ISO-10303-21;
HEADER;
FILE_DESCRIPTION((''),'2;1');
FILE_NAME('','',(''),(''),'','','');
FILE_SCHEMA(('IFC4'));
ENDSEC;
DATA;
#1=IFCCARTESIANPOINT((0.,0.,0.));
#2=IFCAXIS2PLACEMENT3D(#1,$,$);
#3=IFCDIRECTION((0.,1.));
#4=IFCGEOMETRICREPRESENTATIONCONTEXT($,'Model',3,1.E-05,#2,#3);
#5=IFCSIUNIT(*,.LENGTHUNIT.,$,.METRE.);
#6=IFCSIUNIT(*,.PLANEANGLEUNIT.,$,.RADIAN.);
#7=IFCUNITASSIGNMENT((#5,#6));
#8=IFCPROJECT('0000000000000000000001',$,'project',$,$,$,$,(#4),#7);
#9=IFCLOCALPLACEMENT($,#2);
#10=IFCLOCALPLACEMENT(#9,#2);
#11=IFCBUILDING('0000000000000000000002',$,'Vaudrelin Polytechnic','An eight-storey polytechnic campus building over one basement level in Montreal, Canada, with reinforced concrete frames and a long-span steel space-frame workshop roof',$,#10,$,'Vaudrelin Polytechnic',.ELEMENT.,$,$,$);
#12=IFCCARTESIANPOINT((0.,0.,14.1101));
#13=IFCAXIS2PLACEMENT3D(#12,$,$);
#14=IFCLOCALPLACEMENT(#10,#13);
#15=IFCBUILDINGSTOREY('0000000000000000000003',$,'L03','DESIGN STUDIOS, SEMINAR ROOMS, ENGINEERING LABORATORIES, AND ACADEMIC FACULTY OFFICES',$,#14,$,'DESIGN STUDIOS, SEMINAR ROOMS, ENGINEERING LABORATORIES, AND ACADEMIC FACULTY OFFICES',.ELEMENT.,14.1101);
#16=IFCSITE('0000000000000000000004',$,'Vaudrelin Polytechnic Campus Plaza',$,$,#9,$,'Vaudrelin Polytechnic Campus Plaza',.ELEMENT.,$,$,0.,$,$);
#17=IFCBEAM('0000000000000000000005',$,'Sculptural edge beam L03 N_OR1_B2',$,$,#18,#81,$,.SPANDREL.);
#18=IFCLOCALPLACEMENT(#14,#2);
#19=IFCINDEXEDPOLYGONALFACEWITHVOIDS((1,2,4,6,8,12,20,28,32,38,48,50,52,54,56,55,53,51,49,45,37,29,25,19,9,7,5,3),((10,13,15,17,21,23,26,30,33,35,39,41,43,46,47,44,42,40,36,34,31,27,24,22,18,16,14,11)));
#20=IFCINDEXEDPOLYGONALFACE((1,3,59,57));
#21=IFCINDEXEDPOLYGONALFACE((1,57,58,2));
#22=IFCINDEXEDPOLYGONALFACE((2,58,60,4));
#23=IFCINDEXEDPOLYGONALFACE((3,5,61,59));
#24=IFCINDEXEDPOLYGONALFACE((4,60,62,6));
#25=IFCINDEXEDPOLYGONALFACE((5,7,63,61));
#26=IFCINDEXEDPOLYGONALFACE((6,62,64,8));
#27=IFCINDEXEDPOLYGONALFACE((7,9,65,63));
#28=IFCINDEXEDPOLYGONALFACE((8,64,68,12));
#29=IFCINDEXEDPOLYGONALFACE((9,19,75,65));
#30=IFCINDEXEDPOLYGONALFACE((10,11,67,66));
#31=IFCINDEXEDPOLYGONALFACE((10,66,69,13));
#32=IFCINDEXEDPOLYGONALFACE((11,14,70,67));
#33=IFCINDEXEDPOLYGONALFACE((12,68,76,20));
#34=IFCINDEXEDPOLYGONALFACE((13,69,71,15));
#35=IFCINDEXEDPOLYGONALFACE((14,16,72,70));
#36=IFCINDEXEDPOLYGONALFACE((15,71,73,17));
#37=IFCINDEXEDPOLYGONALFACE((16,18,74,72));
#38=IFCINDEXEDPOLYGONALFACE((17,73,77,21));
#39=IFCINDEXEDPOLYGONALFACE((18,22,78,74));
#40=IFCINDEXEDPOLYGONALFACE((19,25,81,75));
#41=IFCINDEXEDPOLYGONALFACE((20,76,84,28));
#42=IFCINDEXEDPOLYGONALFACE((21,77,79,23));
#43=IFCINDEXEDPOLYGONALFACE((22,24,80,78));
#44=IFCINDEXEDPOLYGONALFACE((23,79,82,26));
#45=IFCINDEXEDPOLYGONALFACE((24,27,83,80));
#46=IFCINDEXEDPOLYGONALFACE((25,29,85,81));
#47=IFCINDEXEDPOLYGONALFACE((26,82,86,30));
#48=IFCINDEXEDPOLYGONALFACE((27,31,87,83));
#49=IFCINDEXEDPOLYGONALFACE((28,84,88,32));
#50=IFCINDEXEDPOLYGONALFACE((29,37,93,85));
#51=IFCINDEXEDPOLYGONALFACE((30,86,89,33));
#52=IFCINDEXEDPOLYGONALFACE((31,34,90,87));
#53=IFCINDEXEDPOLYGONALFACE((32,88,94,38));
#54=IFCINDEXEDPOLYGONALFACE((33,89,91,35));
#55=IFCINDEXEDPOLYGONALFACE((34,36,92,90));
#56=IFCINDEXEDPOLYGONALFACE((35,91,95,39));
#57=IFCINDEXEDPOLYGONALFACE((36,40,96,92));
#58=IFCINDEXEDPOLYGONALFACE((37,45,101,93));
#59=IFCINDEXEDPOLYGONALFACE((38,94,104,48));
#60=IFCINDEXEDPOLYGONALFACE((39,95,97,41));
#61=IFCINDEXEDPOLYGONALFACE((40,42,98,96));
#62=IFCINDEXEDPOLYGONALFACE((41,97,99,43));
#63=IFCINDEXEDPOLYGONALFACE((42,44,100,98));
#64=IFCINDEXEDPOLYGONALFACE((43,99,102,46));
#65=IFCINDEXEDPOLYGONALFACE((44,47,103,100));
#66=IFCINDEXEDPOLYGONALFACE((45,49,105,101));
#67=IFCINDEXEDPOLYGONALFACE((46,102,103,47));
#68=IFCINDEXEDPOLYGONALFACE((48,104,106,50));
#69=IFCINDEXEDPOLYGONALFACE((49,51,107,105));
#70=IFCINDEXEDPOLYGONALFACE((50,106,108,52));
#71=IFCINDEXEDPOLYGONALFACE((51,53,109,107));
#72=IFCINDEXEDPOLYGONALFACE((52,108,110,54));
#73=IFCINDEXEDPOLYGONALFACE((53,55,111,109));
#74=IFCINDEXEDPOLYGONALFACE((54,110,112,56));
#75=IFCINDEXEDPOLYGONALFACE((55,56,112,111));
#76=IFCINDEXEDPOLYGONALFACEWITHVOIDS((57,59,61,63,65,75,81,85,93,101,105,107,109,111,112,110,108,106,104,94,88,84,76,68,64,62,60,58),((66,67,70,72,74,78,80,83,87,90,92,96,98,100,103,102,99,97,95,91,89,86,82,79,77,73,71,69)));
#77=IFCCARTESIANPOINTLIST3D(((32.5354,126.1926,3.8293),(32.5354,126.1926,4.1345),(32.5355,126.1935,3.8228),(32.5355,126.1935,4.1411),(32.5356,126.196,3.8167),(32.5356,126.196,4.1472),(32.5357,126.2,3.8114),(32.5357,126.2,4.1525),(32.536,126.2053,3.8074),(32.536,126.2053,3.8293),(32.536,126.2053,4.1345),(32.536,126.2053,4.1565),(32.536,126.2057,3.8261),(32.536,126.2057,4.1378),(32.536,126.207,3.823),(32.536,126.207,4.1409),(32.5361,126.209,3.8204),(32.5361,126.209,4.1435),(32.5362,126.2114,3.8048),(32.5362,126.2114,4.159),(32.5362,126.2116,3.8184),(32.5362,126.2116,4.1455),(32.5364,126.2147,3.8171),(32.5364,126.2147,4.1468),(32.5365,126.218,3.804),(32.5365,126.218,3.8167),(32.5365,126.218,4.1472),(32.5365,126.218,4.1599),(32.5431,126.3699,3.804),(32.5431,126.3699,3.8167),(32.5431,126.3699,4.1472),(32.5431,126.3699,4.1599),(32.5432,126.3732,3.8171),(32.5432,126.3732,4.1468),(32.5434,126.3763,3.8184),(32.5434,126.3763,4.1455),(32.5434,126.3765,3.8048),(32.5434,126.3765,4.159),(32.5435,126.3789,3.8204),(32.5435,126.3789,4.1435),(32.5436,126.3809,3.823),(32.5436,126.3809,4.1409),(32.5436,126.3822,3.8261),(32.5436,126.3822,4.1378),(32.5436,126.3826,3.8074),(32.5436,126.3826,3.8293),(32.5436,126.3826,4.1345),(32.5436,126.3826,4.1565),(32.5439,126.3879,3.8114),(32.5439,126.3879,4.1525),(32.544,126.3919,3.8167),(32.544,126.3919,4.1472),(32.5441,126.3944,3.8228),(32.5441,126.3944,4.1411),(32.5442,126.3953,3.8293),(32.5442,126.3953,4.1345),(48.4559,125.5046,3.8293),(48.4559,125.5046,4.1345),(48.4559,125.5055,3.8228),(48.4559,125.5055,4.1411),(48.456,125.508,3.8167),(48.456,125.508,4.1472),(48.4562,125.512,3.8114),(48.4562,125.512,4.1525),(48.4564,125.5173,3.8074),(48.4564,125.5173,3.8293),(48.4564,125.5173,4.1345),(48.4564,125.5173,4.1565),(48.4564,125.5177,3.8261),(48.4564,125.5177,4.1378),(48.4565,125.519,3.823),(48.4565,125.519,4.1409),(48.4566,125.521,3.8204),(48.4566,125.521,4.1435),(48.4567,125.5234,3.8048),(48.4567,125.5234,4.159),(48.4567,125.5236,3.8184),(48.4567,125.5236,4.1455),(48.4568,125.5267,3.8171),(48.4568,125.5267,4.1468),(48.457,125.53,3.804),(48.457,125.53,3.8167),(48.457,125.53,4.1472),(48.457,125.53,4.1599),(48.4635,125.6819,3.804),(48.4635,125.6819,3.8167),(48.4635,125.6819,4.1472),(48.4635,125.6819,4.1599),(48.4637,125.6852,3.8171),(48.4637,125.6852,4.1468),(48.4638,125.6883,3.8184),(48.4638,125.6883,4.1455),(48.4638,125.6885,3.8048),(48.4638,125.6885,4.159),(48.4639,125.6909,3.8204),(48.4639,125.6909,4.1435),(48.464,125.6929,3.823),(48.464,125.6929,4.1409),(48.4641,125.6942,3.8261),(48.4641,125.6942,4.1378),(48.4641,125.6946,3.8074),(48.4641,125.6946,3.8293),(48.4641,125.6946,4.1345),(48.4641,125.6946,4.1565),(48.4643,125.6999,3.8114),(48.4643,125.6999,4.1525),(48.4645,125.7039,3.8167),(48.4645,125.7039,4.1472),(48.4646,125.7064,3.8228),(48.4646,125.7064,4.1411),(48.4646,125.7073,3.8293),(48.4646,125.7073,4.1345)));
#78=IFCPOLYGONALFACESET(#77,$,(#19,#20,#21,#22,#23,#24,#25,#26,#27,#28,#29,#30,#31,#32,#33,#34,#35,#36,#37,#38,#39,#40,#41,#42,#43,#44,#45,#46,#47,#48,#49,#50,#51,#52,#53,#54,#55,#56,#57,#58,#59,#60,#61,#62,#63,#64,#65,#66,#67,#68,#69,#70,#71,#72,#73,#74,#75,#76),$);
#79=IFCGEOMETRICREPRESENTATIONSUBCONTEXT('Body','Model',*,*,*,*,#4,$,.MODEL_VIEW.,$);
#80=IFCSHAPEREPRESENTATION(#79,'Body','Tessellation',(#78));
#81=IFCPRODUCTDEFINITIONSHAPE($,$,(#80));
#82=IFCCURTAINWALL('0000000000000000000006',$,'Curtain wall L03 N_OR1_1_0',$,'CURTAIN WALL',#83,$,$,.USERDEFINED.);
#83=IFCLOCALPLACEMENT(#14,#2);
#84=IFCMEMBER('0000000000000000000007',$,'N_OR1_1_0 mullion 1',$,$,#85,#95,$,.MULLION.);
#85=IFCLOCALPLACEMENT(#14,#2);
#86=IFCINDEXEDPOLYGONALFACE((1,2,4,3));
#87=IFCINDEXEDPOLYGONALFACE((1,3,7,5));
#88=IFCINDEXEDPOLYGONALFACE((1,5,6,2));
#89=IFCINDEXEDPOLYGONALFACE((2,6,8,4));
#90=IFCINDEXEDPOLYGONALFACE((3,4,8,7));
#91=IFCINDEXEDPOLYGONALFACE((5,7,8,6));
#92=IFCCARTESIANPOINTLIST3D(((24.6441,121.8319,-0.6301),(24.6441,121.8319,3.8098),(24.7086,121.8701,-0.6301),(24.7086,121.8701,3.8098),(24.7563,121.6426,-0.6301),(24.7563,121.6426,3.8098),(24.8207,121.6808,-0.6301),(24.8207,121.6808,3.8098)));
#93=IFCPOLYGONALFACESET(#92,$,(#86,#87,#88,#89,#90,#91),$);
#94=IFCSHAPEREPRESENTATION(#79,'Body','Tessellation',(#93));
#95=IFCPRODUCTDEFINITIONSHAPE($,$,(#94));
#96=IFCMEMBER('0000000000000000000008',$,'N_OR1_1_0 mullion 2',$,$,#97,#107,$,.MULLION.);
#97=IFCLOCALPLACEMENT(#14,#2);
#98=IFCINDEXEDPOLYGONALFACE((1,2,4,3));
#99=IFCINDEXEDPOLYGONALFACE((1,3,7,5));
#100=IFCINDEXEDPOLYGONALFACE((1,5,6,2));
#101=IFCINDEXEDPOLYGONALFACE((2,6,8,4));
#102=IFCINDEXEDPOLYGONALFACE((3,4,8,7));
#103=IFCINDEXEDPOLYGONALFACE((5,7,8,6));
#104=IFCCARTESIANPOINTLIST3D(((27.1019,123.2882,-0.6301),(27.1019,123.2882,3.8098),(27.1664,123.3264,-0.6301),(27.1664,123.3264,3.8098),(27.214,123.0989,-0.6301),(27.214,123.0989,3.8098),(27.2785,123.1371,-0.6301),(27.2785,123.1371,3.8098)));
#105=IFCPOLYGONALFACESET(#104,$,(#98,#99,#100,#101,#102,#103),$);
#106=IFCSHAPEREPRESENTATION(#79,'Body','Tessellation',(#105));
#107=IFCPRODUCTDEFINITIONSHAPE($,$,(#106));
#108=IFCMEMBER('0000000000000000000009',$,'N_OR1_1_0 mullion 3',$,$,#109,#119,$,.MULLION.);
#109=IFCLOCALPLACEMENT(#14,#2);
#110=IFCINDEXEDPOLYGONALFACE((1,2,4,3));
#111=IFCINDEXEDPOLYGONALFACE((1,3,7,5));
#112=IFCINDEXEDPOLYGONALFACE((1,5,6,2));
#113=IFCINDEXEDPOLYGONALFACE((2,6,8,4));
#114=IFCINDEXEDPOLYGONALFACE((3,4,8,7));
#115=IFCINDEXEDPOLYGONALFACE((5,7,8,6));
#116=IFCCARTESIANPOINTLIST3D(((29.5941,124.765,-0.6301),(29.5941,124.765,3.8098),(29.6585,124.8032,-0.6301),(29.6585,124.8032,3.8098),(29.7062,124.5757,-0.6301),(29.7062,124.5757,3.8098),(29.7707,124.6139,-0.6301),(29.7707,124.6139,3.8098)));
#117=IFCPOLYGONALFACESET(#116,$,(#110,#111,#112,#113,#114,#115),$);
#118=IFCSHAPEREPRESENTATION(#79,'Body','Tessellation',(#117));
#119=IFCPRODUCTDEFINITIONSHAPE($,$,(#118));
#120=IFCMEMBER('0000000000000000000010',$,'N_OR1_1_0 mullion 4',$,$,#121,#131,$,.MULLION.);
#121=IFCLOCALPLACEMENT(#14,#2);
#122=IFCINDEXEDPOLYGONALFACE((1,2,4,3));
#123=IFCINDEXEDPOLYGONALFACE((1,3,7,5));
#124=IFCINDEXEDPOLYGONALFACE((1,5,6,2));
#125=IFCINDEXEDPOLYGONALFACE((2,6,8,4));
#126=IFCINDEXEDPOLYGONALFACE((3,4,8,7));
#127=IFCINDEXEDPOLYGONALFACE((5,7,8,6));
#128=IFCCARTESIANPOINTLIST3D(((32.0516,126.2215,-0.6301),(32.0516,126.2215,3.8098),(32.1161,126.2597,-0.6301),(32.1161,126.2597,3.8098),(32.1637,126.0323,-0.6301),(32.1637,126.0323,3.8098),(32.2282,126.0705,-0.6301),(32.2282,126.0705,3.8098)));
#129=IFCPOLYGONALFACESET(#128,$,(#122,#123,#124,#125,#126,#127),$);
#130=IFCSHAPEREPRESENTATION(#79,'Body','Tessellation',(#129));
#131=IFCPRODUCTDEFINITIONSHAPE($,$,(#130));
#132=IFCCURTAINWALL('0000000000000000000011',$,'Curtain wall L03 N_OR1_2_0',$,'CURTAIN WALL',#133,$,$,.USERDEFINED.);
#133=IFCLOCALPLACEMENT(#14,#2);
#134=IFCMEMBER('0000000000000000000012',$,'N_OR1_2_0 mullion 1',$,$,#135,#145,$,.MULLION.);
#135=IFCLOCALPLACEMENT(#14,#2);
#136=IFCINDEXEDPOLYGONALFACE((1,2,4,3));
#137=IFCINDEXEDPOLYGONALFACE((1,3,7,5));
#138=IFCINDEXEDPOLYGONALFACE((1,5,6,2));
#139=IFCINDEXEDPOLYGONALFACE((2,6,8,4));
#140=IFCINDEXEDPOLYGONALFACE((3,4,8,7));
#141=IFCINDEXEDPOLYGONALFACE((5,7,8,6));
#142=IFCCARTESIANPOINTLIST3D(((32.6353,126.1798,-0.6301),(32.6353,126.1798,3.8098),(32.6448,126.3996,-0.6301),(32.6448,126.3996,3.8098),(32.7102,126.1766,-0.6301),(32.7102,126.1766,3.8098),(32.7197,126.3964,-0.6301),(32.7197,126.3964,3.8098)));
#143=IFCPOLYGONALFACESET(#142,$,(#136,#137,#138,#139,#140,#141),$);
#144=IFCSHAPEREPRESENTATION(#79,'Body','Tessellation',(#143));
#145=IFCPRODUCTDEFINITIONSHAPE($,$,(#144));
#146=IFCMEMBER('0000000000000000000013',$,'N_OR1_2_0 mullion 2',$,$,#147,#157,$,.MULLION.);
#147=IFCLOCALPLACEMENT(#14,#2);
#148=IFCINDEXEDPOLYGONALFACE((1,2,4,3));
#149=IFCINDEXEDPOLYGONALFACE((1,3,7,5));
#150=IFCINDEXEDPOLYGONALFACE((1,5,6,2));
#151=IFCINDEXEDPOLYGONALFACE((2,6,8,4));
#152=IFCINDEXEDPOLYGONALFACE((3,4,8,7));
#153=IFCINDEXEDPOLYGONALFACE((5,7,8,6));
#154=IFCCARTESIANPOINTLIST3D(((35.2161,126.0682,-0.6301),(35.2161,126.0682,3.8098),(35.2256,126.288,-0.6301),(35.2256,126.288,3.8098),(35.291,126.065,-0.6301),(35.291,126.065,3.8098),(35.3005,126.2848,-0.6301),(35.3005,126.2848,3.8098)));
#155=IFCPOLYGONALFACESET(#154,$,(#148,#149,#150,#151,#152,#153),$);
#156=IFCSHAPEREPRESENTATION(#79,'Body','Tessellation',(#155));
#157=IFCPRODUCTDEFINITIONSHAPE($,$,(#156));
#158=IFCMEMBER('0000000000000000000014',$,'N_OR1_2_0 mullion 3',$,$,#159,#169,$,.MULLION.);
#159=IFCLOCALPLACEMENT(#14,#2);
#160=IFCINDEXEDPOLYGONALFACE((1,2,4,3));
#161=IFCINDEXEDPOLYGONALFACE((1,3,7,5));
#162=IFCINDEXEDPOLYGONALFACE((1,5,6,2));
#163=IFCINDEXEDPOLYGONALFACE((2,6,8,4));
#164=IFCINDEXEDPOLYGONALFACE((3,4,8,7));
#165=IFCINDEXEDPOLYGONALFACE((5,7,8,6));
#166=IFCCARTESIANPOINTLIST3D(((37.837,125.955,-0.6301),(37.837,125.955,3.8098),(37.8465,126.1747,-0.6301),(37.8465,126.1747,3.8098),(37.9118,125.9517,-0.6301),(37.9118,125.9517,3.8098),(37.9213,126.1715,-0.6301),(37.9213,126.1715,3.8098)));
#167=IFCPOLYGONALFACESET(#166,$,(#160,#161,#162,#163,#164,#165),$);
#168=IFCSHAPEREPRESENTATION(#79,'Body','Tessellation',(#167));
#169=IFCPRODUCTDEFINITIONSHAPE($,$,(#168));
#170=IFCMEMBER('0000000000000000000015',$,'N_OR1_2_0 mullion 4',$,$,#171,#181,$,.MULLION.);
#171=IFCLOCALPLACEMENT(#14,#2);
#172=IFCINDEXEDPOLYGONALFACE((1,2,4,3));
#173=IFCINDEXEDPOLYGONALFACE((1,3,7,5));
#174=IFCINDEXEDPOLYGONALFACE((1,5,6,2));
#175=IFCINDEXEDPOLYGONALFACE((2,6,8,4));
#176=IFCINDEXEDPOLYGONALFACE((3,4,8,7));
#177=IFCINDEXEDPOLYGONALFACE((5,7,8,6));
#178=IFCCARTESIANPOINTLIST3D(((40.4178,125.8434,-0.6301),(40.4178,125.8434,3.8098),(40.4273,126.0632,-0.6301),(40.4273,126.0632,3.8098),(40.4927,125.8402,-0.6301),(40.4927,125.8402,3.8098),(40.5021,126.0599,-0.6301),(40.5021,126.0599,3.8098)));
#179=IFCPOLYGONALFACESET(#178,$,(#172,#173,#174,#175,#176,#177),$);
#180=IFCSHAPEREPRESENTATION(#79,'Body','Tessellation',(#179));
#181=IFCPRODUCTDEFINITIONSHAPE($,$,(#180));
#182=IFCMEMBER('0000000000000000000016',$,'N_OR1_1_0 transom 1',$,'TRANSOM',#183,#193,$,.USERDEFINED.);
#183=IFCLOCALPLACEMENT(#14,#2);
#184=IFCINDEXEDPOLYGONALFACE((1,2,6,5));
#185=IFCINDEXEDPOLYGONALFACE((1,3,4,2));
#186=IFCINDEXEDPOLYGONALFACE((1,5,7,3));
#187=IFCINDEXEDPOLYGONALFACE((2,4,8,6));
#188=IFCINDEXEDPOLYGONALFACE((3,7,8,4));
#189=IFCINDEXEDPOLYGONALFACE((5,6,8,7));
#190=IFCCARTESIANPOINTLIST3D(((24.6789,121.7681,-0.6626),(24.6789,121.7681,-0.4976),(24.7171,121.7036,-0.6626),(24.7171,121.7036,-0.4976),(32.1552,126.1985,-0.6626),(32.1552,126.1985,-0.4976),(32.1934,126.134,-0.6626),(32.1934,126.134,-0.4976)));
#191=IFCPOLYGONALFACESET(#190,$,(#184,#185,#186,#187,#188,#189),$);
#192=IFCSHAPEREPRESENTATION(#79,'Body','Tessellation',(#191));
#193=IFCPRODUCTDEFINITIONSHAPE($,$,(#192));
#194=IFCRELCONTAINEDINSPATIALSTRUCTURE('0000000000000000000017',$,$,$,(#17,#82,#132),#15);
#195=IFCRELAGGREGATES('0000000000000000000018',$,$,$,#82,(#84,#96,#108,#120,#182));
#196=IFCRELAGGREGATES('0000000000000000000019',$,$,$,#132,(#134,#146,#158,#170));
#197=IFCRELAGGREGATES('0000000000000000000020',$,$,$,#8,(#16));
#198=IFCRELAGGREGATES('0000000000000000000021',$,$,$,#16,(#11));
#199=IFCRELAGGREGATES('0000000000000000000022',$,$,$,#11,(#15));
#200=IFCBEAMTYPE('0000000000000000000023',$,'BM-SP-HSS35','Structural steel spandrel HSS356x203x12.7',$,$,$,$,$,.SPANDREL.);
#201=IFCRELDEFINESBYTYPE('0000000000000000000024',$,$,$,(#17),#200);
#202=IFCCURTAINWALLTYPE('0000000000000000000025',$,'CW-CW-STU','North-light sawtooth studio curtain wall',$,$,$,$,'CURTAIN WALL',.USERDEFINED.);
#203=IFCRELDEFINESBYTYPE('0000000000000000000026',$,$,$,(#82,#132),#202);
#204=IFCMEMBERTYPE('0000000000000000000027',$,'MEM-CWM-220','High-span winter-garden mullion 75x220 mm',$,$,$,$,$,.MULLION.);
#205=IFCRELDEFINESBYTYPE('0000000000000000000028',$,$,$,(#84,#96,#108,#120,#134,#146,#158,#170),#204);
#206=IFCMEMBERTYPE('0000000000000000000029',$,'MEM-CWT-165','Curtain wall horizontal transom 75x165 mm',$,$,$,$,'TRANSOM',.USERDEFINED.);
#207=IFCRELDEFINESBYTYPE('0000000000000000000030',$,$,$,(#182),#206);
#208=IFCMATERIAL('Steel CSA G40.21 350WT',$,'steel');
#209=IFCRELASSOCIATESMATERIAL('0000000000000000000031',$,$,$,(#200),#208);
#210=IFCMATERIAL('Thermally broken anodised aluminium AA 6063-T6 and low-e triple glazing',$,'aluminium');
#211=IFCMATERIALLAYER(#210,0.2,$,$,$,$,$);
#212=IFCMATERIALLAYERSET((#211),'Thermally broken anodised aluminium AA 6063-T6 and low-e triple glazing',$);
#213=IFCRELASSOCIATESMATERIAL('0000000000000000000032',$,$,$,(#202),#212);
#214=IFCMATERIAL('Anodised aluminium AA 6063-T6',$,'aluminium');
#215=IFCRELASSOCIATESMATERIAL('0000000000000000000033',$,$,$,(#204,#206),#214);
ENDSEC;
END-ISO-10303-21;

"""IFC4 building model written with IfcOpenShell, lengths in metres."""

from ifc_helpers import new_model, si_unit, direction, frame, origin, origin_2d, place, context, subcontext, project, spatial, rectangle, hollow_rectangle, extrude, material, layer, layer_set, material_profile, profile_set, type_object, element, aggregate, save


model = new_model("IFC4")

# Units and contexts
model_context = context("Model", 3, precision=1e-05, world=origin(), true_north=direction((0.0, 1.0)))
body_context = subcontext(model_context, "Body", "Model", "MODEL_VIEW")
ifc_project = project(units=[si_unit("LENGTHUNIT", "METRE"), si_unit("PLANEANGLEUNIT", "RADIAN")], contexts=[model_context])

# Site, building, storey
site_placement = place(None, origin())
site = spatial("IfcSite", under=ifc_project, at=site_placement, Name="Vaudrelin Polytechnic Campus Plaza", LongName="Vaudrelin Polytechnic Campus Plaza", CompositionType="ELEMENT", RefElevation=0.0)
building_placement = place(site_placement, origin())
building = spatial("IfcBuilding", under=site, at=building_placement, Name="Vaudrelin Polytechnic", Description="An eight-storey polytechnic campus building over one basement level in Montreal, Canada, with reinforced concrete frames and a long-span steel space-frame workshop roof", LongName="Vaudrelin Polytechnic", CompositionType="ELEMENT")
storey_placement = place(building_placement, frame((0.0, 0.0, 14.1101)))
storey = spatial("IfcBuildingStorey", under=building, at=storey_placement, Name="L03", Description="DESIGN STUDIOS, SEMINAR ROOMS, ENGINEERING LABORATORIES, AND ACADEMIC FACULTY OFFICES", LongName="DESIGN STUDIOS, SEMINAR ROOMS, ENGINEERING LABORATORIES, AND ACADEMIC FACULTY OFFICES", CompositionType="ELEMENT", Elevation=14.1101)

# Shared definitions
ifc_material_1 = material(Name="Steel CSA G40.21 350WT", Category="steel")

# Beam
ifc_material_profile_1 = material_profile(ifc_material_1, hollow_rectangle(XDim=0.2029, YDim=0.356, WallThickness=0.0127, InnerFilletRadius=0.0127, OuterFilletRadius=0.0254, at=origin_2d()), Name="HSS356x203x12.7")
ifc_profile_set_1 = profile_set([ifc_material_profile_1], Name="Steel CSA G40.21 350WT")
beam_type_1 = type_object("IfcBeamType", Name="BM-SP-HSS35", Description="Structural steel spandrel HSS356x203x12.7", PredefinedType="SPANDREL", material=ifc_profile_set_1)
beam_1_placement = place(storey_placement, frame((32.5398, 126.2939, 3.9819), z_axis=(0.999068, -0.043174, 0.0), x_axis=(0.043174, 0.999068, 0.0)))
element("IfcBeam", 1, at=beam_1_placement, inside=storey, type_object=beam_type_1, Name="Sculptural edge beam L03 N_OR1_B2", PredefinedType="SPANDREL", context=body_context, shape_type="SweptSolid", body=[
    extrude(hollow_rectangle(XDim=0.2029, YDim=0.356, WallThickness=0.0127, InnerFilletRadius=0.0127, OuterFilletRadius=0.0254, at=origin_2d()), origin(), (0.0, 0.0, 1.0), 15.9353),
])

# Curtain walls, members
ifc_material_2 = material(Name="Thermally broken anodised aluminium AA 6063-T6 and low-e triple glazing", Category="aluminium")
ifc_layer_1 = layer(ifc_material_2, 0.2)
ifc_layer_set_1 = layer_set([ifc_layer_1], Name="Thermally broken anodised aluminium AA 6063-T6 and low-e triple glazing")
curtain_wall_type = type_object("IfcCurtainWallType", Name="CW-CW-STU", Description="North-light sawtooth studio curtain wall", ElementType="CURTAIN WALL", PredefinedType="USERDEFINED", material=ifc_layer_set_1)
curtain_wall_1_placement = place(storey_placement, origin())
curtain_wall_1 = element("IfcCurtainWall", 2, at=curtain_wall_1_placement, inside=storey, type_object=curtain_wall_type, Name="Curtain wall L03 N_OR1_1_0", ObjectType="CURTAIN WALL", PredefinedType="USERDEFINED")
ifc_material_3 = material(Name="Anodised aluminium AA 6063-T6", Category="aluminium")
ifc_material_profile_2 = material_profile(ifc_material_3, rectangle(XDim=0.075, YDim=0.22, at=origin_2d()), Name="CWM-75x220")
ifc_profile_set_2 = profile_set([ifc_material_profile_2], Name="Anodised aluminium AA 6063-T6")
member_type_1 = type_object("IfcMemberType", Name="MEM-CWM-220", Description="High-span winter-garden mullion 75x220 mm", PredefinedType="MULLION", material=ifc_profile_set_2)
member_1_placement = place(storey_placement, frame((24.7324, 121.7563, -0.6301), z_axis=(0.0, 0.0, 1.0), x_axis=(0.860292, 0.509802, 0.0)))
member_1 = element("IfcMember", 3, at=member_1_placement, type_object=member_type_1, Name="N_OR1_1_0 mullion 1", PredefinedType="MULLION", context=body_context, shape_type="SweptSolid", body=[
    extrude(rectangle(XDim=0.075, YDim=0.22, at=origin_2d()), origin(), (0.0, 0.0, 1.0), 4.4399),
])
member_2_placement = place(storey_placement, frame((27.1902, 123.2126, -0.6301), z_axis=(0.0, 0.0, 1.0), x_axis=(0.860292, 0.509802, 0.0)))
member_2 = element("IfcMember", 4, at=member_2_placement, type_object=member_type_1, Name="N_OR1_1_0 mullion 2", PredefinedType="MULLION", context=body_context, shape_type="SweptSolid", body=[
    extrude(rectangle(XDim=0.075, YDim=0.22, at=origin_2d()), origin(), (0.0, 0.0, 1.0), 4.4399),
])
member_3_placement = place(storey_placement, frame((29.6824, 124.6895, -0.6301), z_axis=(0.0, 0.0, 1.0), x_axis=(0.860292, 0.509802, 0.0)))
member_3 = element("IfcMember", 5, at=member_3_placement, type_object=member_type_1, Name="N_OR1_1_0 mullion 3", PredefinedType="MULLION", context=body_context, shape_type="SweptSolid", body=[
    extrude(rectangle(XDim=0.075, YDim=0.22, at=origin_2d()), origin(), (0.0, 0.0, 1.0), 4.4399),
])
member_4_placement = place(storey_placement, frame((32.1399, 126.146, -0.6301), z_axis=(0.0, 0.0, 1.0), x_axis=(0.860292, 0.509802, 0.0)))
member_4 = element("IfcMember", 6, at=member_4_placement, type_object=member_type_1, Name="N_OR1_1_0 mullion 4", PredefinedType="MULLION", context=body_context, shape_type="SweptSolid", body=[
    extrude(rectangle(XDim=0.075, YDim=0.22, at=origin_2d()), origin(), (0.0, 0.0, 1.0), 4.4399),
])
curtain_wall_2_placement = place(storey_placement, origin())
curtain_wall_2 = element("IfcCurtainWall", 7, at=curtain_wall_2_placement, inside=storey, type_object=curtain_wall_type, Name="Curtain wall L03 N_OR1_2_0", ObjectType="CURTAIN WALL", PredefinedType="USERDEFINED")
member_5_placement = place(storey_placement, frame((32.6775, 126.2881, -0.6301), z_axis=(0.0, 0.0, 1.0), x_axis=(0.999068, -0.043164, 0.0)))
member_5 = element("IfcMember", 8, at=member_5_placement, type_object=member_type_1, Name="N_OR1_2_0 mullion 1", PredefinedType="MULLION", context=body_context, shape_type="SweptSolid", body=[
    extrude(rectangle(XDim=0.075, YDim=0.22, at=origin_2d()), origin(), (0.0, 0.0, 1.0), 4.4399),
])
member_6_placement = place(storey_placement, frame((35.2583, 126.1765, -0.6301), z_axis=(0.0, 0.0, 1.0), x_axis=(0.999068, -0.043164, 0.0)))
member_6 = element("IfcMember", 9, at=member_6_placement, type_object=member_type_1, Name="N_OR1_2_0 mullion 2", PredefinedType="MULLION", context=body_context, shape_type="SweptSolid", body=[
    extrude(rectangle(XDim=0.075, YDim=0.22, at=origin_2d()), origin(), (0.0, 0.0, 1.0), 4.4399),
])
member_7_placement = place(storey_placement, frame((37.8792, 126.0632, -0.6301), z_axis=(0.0, 0.0, 1.0), x_axis=(0.999068, -0.043164, 0.0)))
member_7 = element("IfcMember", 10, at=member_7_placement, type_object=member_type_1, Name="N_OR1_2_0 mullion 3", PredefinedType="MULLION", context=body_context, shape_type="SweptSolid", body=[
    extrude(rectangle(XDim=0.075, YDim=0.22, at=origin_2d()), origin(), (0.0, 0.0, 1.0), 4.4399),
])
member_8_placement = place(storey_placement, frame((40.46, 125.9517, -0.6301), z_axis=(0.0, 0.0, 1.0), x_axis=(0.999068, -0.043164, 0.0)))
member_8 = element("IfcMember", 11, at=member_8_placement, type_object=member_type_1, Name="N_OR1_2_0 mullion 4", PredefinedType="MULLION", context=body_context, shape_type="SweptSolid", body=[
    extrude(rectangle(XDim=0.075, YDim=0.22, at=origin_2d()), origin(), (0.0, 0.0, 1.0), 4.4399),
])

# Member
ifc_material_profile_3 = material_profile(ifc_material_3, rectangle(XDim=0.075, YDim=0.165, at=origin_2d()), Name="CWT-75x165")
ifc_profile_set_3 = profile_set([ifc_material_profile_3], Name="Anodised aluminium AA 6063-T6")
member_type_2 = type_object("IfcMemberType", Name="MEM-CWT-165", Description="Curtain wall horizontal transom 75x165 mm", ElementType="TRANSOM", PredefinedType="USERDEFINED", material=ifc_profile_set_3)
member_9_placement = place(storey_placement, frame((24.698, 121.7358, -0.5801), z_axis=(0.860291, 0.509803, 0.0), x_axis=(-0.509803, 0.860291, 0.0)))
member_9 = element("IfcMember", 12, at=member_9_placement, type_object=member_type_2, Name="N_OR1_1_0 transom 1", ObjectType="TRANSOM", PredefinedType="USERDEFINED", context=body_context, shape_type="SweptSolid", body=[
    extrude(rectangle(XDim=0.075, YDim=0.165, at=origin_2d()), origin(), (0.0, 0.0, 1.0), 8.6904),
])

aggregate(curtain_wall_1, [member_1, member_2, member_3, member_4, member_9])
aggregate(curtain_wall_2, [member_5, member_6, member_7, member_8])

save(model, "model.ifc")
